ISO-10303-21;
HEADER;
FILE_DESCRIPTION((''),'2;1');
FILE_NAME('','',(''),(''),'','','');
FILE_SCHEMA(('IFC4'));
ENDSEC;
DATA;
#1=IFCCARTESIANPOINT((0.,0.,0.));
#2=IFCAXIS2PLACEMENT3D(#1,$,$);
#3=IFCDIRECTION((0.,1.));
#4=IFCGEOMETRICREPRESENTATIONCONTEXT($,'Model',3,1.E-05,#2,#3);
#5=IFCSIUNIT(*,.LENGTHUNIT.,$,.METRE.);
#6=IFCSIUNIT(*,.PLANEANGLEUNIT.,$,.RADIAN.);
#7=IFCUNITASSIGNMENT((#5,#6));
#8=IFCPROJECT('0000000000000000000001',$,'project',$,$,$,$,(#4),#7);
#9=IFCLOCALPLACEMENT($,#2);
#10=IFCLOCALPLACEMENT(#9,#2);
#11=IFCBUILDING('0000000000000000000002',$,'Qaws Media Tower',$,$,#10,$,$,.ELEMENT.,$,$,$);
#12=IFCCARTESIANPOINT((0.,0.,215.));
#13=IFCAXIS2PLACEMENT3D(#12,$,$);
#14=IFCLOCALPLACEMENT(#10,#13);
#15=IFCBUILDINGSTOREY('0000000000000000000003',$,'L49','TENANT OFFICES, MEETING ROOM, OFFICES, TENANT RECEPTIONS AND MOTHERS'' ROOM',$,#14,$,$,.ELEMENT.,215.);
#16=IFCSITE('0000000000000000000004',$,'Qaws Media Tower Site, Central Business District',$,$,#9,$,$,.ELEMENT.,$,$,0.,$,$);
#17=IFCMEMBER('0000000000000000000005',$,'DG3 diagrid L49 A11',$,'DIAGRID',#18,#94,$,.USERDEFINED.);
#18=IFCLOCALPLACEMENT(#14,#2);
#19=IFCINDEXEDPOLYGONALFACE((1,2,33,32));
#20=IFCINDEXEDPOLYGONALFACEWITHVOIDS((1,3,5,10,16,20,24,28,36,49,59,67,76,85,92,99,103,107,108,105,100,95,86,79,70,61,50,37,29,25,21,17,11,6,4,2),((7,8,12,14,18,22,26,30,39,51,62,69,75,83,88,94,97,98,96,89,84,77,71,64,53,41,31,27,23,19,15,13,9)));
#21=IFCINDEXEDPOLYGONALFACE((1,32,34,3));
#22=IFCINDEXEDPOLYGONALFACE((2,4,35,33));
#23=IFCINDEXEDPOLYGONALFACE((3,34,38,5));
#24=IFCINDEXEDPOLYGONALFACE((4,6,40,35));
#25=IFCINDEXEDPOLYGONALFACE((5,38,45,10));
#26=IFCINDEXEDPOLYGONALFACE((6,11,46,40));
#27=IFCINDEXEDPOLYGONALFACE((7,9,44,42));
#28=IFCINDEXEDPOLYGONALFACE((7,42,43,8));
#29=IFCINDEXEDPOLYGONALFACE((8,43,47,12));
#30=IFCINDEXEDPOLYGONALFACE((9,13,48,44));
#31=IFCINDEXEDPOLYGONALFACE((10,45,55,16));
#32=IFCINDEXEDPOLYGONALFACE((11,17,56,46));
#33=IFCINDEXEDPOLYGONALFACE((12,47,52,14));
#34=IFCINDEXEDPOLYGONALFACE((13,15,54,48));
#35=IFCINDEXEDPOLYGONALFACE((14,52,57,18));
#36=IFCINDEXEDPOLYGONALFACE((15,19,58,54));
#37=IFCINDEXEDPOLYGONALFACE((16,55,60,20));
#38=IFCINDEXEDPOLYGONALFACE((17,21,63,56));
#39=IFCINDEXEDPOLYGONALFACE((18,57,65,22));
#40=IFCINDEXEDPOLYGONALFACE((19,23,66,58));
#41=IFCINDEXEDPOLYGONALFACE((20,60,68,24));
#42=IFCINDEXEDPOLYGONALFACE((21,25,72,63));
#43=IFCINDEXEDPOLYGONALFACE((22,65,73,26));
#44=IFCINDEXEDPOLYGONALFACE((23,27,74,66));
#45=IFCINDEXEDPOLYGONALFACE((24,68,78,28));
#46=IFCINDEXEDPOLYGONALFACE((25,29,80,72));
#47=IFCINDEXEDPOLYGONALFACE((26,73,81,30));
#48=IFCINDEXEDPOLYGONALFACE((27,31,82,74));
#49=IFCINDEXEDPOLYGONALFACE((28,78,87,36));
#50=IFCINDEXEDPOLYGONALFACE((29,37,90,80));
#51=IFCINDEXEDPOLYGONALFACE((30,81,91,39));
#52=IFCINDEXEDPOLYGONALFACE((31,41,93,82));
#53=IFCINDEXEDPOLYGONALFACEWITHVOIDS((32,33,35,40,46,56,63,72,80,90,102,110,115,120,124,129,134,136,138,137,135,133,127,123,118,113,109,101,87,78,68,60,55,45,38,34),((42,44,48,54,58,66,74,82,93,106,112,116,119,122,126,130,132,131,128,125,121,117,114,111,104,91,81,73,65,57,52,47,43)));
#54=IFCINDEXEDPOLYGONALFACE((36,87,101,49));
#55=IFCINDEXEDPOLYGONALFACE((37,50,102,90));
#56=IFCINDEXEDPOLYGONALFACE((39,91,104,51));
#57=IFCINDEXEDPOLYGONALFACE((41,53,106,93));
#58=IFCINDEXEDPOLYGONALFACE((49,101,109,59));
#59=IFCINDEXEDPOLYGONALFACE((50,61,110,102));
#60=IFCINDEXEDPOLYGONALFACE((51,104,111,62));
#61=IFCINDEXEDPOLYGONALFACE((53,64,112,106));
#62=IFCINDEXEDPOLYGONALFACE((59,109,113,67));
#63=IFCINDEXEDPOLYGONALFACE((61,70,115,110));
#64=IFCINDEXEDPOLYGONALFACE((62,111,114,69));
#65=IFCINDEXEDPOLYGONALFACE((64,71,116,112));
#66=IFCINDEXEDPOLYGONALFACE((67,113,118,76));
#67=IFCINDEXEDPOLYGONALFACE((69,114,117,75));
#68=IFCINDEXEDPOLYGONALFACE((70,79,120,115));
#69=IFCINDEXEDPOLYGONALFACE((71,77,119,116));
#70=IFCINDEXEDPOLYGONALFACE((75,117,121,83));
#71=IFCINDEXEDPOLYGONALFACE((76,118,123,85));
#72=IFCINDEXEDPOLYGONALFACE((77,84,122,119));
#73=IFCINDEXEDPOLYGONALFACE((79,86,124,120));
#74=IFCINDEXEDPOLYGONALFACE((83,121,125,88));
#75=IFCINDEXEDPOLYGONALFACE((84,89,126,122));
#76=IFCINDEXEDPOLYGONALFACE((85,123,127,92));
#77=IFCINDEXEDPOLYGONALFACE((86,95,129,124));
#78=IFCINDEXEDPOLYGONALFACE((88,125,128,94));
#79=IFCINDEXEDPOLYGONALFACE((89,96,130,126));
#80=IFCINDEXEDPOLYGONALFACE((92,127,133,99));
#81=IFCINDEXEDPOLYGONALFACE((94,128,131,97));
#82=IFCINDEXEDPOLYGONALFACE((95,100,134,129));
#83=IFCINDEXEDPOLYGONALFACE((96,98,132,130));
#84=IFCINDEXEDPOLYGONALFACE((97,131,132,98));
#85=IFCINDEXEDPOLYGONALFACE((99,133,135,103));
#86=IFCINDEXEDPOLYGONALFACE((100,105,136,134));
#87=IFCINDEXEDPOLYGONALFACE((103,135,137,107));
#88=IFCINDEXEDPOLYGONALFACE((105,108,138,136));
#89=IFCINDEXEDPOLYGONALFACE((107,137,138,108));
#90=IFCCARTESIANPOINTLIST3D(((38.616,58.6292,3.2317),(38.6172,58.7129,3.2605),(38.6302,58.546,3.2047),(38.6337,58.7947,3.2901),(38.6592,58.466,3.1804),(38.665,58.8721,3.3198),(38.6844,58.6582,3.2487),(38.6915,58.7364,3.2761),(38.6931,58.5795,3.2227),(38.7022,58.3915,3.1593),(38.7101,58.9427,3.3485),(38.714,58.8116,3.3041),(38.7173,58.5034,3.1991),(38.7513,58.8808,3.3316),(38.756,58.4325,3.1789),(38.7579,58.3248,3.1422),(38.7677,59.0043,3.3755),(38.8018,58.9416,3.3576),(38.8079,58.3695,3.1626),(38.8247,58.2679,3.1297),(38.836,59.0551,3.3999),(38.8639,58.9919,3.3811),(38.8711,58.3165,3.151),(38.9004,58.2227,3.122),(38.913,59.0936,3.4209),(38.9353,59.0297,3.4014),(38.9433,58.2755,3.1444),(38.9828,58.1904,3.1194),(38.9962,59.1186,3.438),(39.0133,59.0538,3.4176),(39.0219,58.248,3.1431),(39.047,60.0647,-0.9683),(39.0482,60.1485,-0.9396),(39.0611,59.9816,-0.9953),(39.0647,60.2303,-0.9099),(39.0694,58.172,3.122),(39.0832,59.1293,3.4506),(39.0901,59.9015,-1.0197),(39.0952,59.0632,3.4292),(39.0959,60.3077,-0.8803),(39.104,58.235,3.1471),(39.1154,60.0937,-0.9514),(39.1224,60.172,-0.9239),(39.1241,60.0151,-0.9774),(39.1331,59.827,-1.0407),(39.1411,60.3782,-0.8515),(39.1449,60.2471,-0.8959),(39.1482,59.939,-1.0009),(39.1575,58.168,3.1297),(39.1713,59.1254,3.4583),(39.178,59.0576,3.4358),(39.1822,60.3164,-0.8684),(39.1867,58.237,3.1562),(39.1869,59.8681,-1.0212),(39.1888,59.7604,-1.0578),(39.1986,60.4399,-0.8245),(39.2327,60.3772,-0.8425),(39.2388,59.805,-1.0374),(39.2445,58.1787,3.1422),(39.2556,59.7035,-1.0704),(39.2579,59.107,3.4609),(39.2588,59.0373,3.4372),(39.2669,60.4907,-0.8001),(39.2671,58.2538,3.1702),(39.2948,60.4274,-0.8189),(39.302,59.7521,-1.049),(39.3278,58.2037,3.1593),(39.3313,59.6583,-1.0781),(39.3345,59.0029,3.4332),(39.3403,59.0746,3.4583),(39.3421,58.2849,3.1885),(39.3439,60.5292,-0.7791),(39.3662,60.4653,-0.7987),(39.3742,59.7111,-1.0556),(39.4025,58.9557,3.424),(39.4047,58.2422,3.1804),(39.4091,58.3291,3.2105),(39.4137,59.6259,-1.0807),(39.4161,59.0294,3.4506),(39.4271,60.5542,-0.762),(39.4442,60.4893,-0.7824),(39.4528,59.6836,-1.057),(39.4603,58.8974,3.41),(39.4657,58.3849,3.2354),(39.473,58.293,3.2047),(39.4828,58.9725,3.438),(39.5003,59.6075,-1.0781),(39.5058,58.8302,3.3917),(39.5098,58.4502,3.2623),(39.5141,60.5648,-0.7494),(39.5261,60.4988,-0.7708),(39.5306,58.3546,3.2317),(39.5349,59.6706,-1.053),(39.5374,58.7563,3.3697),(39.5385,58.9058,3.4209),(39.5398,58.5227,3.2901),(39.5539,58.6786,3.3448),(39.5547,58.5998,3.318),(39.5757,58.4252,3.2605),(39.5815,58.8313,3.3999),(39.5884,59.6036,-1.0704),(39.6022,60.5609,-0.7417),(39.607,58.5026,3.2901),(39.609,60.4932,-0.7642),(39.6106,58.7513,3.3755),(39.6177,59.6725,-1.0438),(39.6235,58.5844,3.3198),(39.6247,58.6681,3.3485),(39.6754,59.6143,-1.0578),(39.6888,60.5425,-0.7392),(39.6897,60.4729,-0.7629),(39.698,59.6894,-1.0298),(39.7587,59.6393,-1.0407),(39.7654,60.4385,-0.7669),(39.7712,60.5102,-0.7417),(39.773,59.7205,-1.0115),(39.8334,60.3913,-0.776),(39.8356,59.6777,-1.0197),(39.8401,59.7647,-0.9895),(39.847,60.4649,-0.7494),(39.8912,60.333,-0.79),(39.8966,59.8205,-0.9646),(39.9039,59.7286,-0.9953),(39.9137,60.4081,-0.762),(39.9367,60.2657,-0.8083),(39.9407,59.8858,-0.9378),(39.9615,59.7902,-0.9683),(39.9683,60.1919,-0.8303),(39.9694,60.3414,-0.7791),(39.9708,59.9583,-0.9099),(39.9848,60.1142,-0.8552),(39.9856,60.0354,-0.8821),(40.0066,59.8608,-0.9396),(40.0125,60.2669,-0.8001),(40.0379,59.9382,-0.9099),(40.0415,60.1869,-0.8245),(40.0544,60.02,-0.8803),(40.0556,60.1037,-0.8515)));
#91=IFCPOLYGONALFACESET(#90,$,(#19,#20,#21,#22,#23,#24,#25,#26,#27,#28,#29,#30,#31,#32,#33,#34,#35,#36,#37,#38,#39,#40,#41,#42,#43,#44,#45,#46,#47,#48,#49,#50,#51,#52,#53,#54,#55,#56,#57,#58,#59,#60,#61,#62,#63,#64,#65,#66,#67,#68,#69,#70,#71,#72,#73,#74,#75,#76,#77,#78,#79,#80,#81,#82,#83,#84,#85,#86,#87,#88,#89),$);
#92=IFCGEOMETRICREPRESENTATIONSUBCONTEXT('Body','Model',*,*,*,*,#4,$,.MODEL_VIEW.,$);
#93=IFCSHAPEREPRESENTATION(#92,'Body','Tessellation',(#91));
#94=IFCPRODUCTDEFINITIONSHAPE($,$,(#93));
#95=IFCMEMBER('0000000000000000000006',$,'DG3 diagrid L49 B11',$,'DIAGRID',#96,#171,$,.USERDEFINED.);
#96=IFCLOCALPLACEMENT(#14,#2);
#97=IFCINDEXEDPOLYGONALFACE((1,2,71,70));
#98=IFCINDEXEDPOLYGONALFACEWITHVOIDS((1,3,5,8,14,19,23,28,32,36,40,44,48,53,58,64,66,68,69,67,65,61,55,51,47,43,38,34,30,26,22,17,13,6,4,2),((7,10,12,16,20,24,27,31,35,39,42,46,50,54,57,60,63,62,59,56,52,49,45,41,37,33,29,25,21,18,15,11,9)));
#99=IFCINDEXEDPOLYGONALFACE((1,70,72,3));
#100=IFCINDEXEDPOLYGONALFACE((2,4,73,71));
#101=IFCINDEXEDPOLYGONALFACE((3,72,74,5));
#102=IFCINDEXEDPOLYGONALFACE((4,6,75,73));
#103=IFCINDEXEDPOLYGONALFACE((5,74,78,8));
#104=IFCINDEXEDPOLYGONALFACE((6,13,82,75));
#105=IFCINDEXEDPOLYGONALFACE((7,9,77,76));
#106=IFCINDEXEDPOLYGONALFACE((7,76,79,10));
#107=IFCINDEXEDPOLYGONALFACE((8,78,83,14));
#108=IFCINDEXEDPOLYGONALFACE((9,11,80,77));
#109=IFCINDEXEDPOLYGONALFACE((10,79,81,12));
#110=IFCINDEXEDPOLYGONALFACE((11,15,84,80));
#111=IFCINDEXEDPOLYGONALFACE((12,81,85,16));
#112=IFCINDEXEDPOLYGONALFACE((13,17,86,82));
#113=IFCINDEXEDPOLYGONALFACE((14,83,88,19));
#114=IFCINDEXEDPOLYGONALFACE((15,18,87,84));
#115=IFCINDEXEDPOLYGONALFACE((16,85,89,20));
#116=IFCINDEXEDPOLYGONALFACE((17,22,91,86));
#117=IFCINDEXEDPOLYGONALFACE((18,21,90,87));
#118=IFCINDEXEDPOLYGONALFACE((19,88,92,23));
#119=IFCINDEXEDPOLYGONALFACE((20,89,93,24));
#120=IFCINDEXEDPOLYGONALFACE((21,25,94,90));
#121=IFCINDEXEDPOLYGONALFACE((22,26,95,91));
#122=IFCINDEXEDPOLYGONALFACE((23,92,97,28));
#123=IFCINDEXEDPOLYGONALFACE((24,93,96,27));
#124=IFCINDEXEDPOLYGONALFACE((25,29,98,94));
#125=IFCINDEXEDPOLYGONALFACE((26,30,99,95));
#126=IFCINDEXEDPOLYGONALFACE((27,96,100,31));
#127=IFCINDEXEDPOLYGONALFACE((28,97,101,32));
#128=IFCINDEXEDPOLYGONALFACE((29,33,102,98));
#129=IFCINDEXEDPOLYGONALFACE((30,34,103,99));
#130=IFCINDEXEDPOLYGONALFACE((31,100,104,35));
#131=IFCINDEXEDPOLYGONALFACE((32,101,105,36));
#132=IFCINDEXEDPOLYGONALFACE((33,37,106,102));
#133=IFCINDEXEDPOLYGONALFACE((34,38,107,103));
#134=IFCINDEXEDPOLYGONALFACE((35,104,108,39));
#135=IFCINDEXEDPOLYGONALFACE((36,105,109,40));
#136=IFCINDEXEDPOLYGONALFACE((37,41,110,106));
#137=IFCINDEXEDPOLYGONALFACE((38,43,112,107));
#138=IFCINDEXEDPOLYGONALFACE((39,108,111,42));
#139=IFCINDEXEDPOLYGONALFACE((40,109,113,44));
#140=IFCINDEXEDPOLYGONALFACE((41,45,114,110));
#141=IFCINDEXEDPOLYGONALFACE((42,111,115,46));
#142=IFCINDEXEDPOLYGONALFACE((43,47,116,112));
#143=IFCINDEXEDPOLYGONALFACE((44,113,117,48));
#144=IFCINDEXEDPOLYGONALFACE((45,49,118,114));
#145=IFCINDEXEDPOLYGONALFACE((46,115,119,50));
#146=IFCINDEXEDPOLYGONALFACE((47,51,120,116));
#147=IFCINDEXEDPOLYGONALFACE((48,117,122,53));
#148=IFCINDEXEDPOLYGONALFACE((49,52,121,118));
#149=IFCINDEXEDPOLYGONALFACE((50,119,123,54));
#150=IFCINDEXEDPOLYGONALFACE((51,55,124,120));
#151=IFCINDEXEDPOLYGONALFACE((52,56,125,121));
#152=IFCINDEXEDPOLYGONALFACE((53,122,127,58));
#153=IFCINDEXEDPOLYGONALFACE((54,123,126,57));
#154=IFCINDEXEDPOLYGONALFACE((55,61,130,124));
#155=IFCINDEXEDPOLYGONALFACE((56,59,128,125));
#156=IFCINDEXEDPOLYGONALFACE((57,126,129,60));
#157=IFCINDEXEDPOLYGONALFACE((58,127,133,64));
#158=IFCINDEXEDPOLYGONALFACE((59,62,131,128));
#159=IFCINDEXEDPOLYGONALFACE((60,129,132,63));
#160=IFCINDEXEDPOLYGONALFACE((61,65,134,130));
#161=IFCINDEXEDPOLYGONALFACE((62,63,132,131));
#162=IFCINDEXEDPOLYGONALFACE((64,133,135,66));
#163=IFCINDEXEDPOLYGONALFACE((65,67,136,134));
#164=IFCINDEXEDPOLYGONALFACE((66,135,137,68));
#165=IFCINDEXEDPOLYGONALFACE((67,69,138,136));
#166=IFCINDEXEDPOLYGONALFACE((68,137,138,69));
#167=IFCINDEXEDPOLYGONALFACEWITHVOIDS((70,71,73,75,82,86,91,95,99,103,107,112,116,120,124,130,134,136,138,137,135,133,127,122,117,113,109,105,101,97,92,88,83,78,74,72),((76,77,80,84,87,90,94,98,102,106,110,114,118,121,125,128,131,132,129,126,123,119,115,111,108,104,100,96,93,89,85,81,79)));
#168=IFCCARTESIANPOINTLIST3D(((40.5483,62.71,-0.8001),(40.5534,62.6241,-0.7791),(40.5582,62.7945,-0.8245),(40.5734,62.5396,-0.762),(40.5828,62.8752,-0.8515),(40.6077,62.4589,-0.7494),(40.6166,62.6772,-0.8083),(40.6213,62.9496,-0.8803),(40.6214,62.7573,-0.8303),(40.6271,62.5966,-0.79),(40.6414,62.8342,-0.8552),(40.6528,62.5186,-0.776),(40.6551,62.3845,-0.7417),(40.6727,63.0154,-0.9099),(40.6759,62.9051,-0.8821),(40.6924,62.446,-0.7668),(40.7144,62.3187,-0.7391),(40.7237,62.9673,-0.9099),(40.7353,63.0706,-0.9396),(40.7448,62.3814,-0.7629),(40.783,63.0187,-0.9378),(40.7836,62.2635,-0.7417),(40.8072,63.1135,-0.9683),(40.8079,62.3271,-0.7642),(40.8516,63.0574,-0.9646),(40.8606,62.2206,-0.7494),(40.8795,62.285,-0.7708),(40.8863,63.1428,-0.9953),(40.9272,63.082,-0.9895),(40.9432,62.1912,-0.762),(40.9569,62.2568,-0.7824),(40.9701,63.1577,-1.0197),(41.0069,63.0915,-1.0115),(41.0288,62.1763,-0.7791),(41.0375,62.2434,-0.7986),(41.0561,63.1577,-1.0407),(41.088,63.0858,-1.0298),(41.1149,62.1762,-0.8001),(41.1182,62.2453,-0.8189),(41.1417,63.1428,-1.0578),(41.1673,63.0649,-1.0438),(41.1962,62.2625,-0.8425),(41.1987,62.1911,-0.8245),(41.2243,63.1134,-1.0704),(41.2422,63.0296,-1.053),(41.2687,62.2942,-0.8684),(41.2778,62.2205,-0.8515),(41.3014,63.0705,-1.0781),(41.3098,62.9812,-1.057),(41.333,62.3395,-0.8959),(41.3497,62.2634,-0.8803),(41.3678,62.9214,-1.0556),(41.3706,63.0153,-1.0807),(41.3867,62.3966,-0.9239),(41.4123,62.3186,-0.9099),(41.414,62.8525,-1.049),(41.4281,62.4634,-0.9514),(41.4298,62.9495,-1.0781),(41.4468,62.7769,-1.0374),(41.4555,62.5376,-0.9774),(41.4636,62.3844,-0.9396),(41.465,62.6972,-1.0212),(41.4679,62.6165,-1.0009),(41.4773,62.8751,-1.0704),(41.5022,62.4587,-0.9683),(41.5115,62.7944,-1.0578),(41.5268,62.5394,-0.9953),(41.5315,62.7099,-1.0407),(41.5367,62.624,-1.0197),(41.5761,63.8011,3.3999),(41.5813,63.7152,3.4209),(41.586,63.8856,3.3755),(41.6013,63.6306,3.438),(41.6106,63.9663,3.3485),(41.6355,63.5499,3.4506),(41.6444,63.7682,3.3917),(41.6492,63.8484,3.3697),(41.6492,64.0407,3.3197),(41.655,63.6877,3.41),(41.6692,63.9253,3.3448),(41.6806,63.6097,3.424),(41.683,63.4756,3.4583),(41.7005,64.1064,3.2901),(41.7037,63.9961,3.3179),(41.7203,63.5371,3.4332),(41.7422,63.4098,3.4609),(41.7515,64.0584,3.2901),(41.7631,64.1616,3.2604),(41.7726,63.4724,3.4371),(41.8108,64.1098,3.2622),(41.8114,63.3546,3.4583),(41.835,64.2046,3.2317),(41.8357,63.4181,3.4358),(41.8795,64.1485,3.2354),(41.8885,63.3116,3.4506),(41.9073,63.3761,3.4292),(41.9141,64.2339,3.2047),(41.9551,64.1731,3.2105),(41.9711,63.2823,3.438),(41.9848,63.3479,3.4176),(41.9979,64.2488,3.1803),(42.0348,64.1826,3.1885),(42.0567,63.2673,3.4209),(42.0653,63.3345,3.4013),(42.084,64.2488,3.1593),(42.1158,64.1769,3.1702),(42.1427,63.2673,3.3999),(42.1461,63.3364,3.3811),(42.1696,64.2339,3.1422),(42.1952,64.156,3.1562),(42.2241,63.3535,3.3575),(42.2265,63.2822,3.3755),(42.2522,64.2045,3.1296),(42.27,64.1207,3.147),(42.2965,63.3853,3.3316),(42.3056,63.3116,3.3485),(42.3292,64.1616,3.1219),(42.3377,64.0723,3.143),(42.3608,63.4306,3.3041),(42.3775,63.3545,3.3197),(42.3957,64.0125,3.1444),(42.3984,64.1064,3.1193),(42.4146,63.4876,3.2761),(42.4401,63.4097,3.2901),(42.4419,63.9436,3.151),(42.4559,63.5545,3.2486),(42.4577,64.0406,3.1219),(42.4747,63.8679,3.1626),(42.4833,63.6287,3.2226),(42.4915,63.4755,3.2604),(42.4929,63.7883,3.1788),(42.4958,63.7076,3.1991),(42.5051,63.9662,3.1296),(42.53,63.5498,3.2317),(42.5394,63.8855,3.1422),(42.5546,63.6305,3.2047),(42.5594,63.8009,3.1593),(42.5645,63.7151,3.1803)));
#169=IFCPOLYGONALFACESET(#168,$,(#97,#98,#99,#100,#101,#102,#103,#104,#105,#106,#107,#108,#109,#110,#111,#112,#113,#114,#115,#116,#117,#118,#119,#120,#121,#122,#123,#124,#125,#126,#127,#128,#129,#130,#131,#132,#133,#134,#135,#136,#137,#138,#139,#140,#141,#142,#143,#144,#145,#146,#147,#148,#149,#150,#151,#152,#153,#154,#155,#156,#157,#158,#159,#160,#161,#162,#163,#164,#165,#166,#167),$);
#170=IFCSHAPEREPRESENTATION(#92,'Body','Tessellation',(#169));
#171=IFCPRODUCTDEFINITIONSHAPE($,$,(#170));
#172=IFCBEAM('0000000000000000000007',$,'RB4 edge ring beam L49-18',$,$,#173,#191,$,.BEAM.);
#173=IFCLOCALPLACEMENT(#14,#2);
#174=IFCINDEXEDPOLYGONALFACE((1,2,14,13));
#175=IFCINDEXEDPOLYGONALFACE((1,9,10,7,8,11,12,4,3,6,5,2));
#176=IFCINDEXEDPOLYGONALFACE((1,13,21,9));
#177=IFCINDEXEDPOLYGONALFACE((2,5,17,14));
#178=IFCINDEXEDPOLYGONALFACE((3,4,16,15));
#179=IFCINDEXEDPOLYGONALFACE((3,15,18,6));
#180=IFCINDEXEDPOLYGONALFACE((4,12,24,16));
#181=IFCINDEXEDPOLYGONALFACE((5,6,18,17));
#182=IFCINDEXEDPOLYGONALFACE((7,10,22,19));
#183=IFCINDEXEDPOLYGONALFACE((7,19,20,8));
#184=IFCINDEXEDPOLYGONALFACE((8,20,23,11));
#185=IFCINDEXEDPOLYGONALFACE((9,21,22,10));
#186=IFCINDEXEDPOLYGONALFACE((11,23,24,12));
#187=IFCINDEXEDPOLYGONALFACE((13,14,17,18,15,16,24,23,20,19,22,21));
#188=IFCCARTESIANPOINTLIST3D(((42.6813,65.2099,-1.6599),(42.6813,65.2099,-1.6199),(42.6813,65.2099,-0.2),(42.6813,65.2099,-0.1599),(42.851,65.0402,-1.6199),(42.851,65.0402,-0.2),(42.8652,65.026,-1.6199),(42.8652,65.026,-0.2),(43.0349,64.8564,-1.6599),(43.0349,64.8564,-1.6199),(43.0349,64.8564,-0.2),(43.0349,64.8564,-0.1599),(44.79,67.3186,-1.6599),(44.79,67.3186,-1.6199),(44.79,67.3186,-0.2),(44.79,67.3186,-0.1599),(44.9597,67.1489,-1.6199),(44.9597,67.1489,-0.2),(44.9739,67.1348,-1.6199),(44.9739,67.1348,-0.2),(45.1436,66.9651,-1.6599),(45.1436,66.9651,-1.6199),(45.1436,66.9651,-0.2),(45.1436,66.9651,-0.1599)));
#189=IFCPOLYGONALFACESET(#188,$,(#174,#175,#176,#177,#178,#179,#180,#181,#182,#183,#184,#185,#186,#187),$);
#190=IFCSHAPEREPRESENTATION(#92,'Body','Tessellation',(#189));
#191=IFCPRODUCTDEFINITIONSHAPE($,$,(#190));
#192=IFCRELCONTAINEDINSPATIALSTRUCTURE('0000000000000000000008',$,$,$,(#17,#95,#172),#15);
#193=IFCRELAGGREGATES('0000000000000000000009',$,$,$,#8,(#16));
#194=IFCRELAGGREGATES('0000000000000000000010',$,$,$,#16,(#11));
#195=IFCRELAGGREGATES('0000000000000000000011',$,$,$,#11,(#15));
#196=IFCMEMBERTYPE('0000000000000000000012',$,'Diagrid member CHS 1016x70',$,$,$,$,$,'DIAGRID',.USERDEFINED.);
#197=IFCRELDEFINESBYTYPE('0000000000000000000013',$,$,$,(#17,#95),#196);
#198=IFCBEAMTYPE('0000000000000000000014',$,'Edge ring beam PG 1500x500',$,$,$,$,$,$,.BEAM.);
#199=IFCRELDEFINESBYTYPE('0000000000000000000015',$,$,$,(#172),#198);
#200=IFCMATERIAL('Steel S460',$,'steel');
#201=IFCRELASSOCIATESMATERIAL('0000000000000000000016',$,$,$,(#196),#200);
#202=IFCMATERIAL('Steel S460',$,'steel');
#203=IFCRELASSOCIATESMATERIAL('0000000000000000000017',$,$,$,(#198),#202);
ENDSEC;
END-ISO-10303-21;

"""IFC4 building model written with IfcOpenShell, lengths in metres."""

from ifc_helpers import new_model, si_unit, direction, frame, origin, origin_2d, place, context, subcontext, project, spatial, hollow_circle, i_section, extrude, material, material_profile, profile_set, type_object, element, save


model = new_model("IFC4")

# Units and contexts
model_context = context("Model", 3, precision=1e-05, world=origin(), true_north=direction((0.0, 1.0)))
body_context = subcontext(model_context, "Body", "Model", "MODEL_VIEW")
ifc_project = project(units=[si_unit("LENGTHUNIT", "METRE"), si_unit("PLANEANGLEUNIT", "RADIAN")], contexts=[model_context])

# Site, building, storey
site_placement = place(None, origin())
site = spatial("IfcSite", under=ifc_project, at=site_placement, Name="Qaws Media Tower Site, Central Business District", CompositionType="ELEMENT", RefElevation=0.0)
building_placement = place(site_placement, origin())
building = spatial("IfcBuilding", under=site, at=building_placement, Name="Qaws Media Tower", CompositionType="ELEMENT")
storey_placement = place(building_placement, frame((0.0, 0.0, 215.0)))
storey = spatial("IfcBuildingStorey", under=building, at=storey_placement, Name="L49", Description="TENANT OFFICES, MEETING ROOM, OFFICES, TENANT RECEPTIONS AND MOTHERS' ROOM", CompositionType="ELEMENT", Elevation=215.0)

# Members
ifc_material_1 = material(Name="Steel S460", Category="steel")
ifc_material_profile_1 = material_profile(ifc_material_1, hollow_circle(Radius=0.5081, WallThickness=0.0701, at=origin_2d()), Name="CHS 1016x70")
ifc_profile_set_1 = profile_set([ifc_material_profile_1], Name="Steel S460")
member_type_1 = type_object("IfcMemberType", Name="Diagrid member CHS 1016x70", ElementType="DIAGRID", PredefinedType="USERDEFINED", material=ifc_profile_set_1)
for number, where, z_axis, x_axis, name in (
    (1, (39.5513, 60.0842, -0.9099), (-0.09663, -0.321916, 0.941824), (0.957781, -0.287497, 0.0), "DG3 diagrid L49 A11"),
    (2, (41.0425, 62.667, -0.9099), (0.230485, 0.244665, 0.941815), (-0.727884, 0.6857, 0.0), "DG3 diagrid L49 B11"),
):
    element("IfcMember", number, at=place(storey_placement, frame(where, z_axis=z_axis, x_axis=x_axis)), inside=storey, type_object=member_type_1, Name=name, ObjectType="DIAGRID", PredefinedType="USERDEFINED", context=body_context, shape_type="SweptSolid", body=[
        extrude(hollow_circle(Radius=0.5081, WallThickness=0.0701, at=origin_2d()), origin(), (0.0, 0.0, 1.0), 4.4595),
    ])

# Beam
ifc_material_2 = material(Name="Steel S460", Category="steel")
ifc_material_profile_2 = material_profile(ifc_material_2, i_section(OverallWidth=0.5, OverallDepth=1.5, WebThickness=0.02, FlangeThickness=0.04, at=origin_2d()), Name="PG 1500x500")
ifc_profile_set_2 = profile_set([ifc_material_profile_2], Name="Steel S460")
beam_type = type_object("IfcBeamType", Name="Edge ring beam PG 1500x500", PredefinedType="BEAM", material=ifc_profile_set_2)
beam_1_placement = place(storey_placement, frame((44.9668, 67.1418, -0.9099), z_axis=(-0.707107, -0.707107, 0.0), x_axis=(0.707107, -0.707107, 0.0)))
element("IfcBeam", 3, at=beam_1_placement, inside=storey, type_object=beam_type, Name="RB4 edge ring beam L49-18", PredefinedType="BEAM", context=body_context, shape_type="SweptSolid", body=[
    extrude(i_section(OverallWidth=0.5, OverallDepth=1.5, WebThickness=0.02, FlangeThickness=0.04, at=origin_2d()), origin(), (0.0, 0.0, 1.0), 2.9822),
])

save(model, "model.ifc")
